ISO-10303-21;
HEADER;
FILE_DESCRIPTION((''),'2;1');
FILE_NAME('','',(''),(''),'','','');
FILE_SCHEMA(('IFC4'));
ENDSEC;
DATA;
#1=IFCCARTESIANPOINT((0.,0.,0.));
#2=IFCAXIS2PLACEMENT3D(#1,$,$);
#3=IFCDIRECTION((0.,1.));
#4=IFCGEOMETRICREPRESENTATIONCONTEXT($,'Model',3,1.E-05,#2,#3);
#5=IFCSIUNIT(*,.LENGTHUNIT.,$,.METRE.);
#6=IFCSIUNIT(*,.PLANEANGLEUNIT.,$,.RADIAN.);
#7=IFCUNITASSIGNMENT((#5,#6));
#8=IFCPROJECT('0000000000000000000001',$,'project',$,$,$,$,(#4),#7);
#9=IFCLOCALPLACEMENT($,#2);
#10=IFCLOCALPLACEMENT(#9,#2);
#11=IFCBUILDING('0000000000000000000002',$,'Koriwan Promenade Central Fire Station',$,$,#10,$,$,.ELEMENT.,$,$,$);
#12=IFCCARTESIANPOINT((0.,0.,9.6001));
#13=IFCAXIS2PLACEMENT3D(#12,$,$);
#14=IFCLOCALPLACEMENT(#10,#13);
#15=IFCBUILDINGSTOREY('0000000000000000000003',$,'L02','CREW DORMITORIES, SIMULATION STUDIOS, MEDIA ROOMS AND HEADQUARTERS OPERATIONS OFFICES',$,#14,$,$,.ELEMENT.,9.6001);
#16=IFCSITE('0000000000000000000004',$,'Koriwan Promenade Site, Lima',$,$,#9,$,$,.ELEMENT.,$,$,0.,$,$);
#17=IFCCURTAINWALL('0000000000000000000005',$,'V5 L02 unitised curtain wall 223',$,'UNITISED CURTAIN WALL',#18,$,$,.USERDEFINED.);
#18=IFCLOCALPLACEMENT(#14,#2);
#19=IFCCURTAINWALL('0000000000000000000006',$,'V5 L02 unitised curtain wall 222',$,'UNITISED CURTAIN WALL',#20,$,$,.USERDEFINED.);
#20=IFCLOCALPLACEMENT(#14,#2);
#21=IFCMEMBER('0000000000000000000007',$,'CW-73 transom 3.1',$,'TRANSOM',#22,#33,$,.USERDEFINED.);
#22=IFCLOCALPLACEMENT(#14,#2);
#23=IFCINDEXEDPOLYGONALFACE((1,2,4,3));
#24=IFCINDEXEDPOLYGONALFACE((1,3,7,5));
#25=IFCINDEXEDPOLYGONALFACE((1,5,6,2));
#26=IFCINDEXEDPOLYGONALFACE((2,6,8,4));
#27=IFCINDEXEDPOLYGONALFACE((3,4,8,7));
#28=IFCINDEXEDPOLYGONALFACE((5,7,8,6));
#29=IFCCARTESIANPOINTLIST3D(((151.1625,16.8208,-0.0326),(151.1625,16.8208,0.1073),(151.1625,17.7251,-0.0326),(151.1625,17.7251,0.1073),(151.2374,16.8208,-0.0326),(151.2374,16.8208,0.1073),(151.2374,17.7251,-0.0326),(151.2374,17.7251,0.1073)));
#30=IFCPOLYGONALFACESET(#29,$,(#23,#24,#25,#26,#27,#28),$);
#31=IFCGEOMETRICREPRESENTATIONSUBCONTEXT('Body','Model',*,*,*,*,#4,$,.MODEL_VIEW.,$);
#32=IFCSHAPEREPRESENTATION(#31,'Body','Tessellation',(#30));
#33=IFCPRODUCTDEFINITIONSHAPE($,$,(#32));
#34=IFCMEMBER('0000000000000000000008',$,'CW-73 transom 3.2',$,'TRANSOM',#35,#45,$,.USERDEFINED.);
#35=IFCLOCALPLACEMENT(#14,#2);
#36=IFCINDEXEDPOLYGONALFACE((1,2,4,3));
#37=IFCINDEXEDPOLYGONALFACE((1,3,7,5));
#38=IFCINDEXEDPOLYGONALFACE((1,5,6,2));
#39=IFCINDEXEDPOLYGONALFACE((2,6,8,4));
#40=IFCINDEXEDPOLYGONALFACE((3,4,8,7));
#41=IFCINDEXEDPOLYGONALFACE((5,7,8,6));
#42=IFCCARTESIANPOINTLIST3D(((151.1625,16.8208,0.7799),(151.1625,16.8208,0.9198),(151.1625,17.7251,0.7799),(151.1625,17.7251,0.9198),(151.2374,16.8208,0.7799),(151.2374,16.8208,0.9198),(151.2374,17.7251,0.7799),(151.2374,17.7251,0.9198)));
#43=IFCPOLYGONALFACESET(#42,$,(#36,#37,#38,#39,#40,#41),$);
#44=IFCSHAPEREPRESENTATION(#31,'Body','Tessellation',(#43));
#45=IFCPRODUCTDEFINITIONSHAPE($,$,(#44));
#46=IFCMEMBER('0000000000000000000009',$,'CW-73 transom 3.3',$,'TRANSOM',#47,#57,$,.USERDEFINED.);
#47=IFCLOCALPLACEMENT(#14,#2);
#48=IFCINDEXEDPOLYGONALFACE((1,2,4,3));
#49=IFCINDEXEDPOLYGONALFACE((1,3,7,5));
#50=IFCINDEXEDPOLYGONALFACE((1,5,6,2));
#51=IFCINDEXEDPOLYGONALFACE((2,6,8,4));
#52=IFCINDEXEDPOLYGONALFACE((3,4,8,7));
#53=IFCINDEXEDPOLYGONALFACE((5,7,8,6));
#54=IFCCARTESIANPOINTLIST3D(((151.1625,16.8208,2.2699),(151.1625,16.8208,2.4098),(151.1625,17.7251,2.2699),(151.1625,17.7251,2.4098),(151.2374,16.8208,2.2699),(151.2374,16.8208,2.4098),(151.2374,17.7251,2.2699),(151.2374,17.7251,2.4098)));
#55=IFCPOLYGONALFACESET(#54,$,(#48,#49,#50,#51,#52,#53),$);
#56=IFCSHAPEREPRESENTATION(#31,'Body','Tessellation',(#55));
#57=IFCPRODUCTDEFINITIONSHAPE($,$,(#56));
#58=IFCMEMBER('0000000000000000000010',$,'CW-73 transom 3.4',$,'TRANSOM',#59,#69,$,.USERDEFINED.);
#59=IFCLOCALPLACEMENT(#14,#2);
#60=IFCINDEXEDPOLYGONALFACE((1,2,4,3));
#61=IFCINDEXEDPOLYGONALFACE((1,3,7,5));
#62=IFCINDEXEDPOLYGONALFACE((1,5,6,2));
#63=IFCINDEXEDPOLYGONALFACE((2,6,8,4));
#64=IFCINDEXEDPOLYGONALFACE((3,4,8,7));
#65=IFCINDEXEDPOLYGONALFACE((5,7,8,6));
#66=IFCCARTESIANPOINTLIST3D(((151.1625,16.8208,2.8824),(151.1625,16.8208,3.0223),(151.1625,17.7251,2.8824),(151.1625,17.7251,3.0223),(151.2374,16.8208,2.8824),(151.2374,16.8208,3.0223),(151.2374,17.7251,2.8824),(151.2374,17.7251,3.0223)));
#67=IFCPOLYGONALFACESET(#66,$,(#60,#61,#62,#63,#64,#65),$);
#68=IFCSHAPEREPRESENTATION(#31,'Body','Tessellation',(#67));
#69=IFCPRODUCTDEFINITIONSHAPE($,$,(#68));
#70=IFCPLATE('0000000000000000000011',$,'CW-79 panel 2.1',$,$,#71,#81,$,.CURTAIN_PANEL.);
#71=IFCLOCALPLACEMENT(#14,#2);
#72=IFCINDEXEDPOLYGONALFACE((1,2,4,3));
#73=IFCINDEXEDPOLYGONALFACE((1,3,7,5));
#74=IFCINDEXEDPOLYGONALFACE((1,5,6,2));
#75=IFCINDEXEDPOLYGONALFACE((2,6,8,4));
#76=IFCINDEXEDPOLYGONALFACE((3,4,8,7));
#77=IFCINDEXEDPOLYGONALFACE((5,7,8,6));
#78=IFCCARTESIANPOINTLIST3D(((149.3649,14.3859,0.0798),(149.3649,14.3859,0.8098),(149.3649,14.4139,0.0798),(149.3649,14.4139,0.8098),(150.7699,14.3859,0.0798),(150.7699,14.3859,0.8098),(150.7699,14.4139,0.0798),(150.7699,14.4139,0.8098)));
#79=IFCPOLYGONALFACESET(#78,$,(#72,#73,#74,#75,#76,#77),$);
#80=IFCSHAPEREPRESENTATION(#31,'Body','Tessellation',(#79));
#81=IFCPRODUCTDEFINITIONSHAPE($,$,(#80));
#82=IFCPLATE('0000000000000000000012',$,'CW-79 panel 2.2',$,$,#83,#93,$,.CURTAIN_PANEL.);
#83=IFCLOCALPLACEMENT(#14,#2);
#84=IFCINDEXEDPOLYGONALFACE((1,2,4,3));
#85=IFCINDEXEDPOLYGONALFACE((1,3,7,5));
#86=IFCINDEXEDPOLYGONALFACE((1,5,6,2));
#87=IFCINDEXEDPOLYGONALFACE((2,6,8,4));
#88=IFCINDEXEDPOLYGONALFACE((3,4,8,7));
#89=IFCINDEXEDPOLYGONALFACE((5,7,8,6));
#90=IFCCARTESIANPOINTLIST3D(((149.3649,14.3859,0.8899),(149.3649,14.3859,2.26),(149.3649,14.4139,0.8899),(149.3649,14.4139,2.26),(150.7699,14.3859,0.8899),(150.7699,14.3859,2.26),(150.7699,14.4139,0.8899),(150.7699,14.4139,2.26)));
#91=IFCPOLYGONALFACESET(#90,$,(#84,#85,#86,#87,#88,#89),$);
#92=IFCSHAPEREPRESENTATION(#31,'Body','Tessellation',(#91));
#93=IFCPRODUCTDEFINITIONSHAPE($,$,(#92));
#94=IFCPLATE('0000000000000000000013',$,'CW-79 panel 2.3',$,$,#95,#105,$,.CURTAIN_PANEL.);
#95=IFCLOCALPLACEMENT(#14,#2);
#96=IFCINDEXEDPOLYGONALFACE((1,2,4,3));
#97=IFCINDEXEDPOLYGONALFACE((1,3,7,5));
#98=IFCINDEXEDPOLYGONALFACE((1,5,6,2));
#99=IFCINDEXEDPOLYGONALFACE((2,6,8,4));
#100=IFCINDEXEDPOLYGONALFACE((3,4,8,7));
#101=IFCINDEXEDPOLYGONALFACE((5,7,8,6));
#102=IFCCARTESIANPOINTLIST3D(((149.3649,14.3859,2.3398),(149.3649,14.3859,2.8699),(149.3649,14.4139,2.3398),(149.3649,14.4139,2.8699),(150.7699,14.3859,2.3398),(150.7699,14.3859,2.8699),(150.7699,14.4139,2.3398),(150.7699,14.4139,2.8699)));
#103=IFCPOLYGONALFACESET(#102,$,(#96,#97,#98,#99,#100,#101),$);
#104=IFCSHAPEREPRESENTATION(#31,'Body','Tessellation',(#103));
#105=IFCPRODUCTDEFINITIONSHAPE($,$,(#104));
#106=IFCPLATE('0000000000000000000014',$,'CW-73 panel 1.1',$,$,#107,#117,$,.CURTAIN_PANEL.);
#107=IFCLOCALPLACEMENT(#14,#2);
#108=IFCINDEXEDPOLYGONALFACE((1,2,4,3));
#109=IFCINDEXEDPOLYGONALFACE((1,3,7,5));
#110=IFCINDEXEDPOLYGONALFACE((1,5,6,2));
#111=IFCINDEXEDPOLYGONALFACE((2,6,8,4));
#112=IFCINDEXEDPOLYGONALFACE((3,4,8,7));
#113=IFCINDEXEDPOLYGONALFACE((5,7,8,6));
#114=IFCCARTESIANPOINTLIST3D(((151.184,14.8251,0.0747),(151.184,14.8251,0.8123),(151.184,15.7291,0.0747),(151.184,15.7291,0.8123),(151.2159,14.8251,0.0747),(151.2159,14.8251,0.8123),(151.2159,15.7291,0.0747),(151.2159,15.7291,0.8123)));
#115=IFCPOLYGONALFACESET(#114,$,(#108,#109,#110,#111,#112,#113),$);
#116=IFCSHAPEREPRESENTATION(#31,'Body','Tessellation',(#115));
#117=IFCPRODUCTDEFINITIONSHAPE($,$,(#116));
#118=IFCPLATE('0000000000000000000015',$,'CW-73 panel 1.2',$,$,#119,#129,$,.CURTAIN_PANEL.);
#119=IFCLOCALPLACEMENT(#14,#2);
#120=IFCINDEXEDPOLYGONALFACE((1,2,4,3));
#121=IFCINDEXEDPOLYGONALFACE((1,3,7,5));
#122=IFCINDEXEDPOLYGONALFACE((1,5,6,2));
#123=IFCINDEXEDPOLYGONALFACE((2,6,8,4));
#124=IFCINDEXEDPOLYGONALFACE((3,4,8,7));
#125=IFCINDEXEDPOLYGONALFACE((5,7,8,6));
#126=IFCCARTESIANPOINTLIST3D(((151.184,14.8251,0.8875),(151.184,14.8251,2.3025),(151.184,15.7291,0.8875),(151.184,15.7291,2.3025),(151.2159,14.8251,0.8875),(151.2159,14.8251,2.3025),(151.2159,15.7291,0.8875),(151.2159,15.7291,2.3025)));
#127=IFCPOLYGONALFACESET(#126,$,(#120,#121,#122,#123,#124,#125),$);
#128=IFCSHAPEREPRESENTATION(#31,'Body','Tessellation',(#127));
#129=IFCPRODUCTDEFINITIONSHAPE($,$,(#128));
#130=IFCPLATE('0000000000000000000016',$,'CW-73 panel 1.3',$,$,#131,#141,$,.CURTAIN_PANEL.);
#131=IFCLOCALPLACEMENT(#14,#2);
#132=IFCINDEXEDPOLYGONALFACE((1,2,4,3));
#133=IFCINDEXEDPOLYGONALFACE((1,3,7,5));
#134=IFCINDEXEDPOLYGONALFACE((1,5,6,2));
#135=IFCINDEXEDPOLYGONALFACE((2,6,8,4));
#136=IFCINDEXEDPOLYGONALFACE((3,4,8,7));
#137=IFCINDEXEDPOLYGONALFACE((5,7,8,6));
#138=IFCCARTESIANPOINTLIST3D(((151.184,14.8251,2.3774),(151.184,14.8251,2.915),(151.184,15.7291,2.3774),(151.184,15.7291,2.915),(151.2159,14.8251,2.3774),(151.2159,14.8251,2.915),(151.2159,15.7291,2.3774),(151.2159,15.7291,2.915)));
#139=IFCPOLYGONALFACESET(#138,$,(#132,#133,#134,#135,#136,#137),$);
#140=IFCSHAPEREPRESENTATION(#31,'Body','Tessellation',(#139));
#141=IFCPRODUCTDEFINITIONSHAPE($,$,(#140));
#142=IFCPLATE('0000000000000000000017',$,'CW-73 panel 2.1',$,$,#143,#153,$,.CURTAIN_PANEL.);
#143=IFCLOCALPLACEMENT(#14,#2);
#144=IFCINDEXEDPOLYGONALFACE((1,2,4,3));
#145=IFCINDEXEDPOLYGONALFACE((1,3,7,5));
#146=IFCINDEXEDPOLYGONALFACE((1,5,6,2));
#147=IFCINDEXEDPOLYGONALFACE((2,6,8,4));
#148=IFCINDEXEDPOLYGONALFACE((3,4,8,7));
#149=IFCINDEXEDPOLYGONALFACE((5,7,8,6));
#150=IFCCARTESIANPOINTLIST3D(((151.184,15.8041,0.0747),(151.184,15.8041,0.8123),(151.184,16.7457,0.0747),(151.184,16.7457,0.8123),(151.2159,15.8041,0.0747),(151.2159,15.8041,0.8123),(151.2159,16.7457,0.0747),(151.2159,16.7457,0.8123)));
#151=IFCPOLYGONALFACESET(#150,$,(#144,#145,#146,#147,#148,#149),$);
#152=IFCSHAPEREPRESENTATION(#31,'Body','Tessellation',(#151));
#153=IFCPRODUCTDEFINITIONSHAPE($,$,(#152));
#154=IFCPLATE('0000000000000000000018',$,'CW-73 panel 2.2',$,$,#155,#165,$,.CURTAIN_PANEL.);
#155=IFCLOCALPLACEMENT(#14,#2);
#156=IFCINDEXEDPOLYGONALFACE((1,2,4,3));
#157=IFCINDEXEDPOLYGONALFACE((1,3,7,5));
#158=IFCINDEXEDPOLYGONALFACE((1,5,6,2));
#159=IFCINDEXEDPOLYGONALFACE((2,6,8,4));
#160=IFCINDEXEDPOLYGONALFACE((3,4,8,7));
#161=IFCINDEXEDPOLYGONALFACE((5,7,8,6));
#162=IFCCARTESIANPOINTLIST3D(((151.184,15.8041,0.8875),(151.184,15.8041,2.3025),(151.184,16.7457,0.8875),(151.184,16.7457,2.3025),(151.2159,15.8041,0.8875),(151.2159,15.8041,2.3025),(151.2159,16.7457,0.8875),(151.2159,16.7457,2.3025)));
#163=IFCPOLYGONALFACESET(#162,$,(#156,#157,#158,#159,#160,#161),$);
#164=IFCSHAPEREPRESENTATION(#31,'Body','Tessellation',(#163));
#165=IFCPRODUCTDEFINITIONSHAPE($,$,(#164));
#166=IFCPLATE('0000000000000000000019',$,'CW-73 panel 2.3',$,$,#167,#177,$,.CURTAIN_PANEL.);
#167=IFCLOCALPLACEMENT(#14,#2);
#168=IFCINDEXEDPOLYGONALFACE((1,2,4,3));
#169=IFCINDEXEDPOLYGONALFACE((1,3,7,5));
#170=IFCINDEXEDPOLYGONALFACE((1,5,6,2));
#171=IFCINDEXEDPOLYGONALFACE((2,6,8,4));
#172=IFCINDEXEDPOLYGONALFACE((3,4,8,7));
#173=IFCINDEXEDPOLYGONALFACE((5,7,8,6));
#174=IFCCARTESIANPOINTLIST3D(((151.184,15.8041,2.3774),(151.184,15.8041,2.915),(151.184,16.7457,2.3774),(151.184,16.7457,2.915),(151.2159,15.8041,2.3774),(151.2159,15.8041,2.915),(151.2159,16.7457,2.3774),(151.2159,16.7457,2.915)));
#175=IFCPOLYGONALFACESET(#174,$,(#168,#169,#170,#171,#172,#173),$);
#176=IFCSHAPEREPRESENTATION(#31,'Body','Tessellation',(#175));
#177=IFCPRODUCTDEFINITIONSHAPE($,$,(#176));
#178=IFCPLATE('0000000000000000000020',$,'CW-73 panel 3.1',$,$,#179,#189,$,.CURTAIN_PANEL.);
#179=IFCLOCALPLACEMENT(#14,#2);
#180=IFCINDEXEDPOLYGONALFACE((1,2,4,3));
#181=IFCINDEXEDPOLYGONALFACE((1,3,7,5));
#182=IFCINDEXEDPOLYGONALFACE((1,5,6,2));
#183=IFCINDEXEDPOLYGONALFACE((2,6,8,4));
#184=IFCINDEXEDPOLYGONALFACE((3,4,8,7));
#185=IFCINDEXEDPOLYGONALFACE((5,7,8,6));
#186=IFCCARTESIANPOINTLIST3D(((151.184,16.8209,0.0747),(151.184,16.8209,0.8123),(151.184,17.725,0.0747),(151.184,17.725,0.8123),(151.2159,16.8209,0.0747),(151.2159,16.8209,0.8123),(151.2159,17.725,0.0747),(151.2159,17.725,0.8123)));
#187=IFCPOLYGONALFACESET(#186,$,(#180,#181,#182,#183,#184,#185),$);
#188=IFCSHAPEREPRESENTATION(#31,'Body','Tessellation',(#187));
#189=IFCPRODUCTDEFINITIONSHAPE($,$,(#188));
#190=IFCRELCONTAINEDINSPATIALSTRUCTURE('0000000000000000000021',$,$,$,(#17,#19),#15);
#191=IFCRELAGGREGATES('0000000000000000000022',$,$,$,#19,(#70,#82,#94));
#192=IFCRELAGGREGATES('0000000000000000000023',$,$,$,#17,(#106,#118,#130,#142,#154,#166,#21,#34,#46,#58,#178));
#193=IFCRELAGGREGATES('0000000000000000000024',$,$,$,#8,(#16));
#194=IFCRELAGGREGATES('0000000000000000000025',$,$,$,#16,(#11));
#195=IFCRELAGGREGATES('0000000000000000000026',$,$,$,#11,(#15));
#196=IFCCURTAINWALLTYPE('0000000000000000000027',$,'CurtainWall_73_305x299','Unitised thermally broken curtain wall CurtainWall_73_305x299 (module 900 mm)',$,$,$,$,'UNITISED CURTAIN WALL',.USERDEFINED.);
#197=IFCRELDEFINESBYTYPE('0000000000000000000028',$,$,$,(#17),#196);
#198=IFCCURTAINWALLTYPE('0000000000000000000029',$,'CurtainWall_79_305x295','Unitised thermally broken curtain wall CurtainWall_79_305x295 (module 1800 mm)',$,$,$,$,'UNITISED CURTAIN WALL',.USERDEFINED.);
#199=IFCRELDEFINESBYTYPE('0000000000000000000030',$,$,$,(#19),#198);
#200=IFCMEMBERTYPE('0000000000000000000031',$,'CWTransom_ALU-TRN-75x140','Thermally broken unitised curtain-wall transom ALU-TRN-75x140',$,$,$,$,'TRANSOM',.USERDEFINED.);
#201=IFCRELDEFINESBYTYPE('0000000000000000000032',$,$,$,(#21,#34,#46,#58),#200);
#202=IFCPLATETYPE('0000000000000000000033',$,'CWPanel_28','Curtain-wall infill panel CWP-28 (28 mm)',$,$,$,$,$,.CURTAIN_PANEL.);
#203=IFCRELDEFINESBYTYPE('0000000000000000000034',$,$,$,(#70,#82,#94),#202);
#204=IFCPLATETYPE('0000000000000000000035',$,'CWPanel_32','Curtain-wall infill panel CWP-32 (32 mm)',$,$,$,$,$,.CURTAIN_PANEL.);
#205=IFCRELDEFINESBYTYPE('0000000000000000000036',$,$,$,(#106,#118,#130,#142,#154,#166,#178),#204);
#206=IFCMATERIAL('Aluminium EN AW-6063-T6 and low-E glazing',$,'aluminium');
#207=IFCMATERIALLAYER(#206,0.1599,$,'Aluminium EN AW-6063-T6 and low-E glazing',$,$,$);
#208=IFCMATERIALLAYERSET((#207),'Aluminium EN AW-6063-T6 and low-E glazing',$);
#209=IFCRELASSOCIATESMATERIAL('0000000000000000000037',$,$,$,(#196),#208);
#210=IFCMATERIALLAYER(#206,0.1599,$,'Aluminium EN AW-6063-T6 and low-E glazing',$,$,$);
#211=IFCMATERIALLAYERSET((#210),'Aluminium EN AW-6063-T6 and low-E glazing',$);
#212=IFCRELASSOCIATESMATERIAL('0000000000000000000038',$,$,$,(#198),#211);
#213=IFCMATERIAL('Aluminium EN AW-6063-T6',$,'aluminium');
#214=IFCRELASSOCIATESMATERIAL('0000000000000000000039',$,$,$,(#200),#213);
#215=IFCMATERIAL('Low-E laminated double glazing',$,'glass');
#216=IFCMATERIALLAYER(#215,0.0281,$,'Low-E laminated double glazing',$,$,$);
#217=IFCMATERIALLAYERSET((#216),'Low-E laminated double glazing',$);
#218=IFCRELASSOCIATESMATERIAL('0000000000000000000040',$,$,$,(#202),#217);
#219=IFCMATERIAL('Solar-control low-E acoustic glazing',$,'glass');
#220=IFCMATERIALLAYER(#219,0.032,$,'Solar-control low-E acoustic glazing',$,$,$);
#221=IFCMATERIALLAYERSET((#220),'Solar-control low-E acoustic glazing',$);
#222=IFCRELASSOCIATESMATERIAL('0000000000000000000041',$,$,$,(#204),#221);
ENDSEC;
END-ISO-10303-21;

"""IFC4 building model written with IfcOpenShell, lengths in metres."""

from ifc_helpers import new_model, si_unit, direction, frame, origin, origin_2d, place, context, subcontext, project, spatial, rectangle, extrude, material, layer, layer_set, material_profile, profile_set, type_object, element, aggregate, save


model = new_model("IFC4")

# Units and contexts
model_context = context("Model", 3, precision=1e-05, world=origin(), true_north=direction((0.0, 1.0)))
body_context = subcontext(model_context, "Body", "Model", "MODEL_VIEW")
ifc_project = project(units=[si_unit("LENGTHUNIT", "METRE"), si_unit("PLANEANGLEUNIT", "RADIAN")], contexts=[model_context])

# Site, building, storey
site_placement = place(None, origin())
site = spatial("IfcSite", under=ifc_project, at=site_placement, Name="Koriwan Promenade Site, Lima", CompositionType="ELEMENT", RefElevation=0.0)
building_placement = place(site_placement, origin())
building = spatial("IfcBuilding", under=site, at=building_placement, Name="Koriwan Promenade Central Fire Station", CompositionType="ELEMENT")
storey_placement = place(building_placement, frame((0.0, 0.0, 9.6001)))
storey = spatial("IfcBuildingStorey", under=building, at=storey_placement, Name="L02", Description="CREW DORMITORIES, SIMULATION STUDIOS, MEDIA ROOMS AND HEADQUARTERS OPERATIONS OFFICES", CompositionType="ELEMENT", Elevation=9.6001)

# Curtain wall
ifc_material_1 = material(Name="Aluminium EN AW-6063-T6 and low-E glazing", Category="aluminium")
ifc_layer_1 = layer(ifc_material_1, 0.1599, Name="Aluminium EN AW-6063-T6 and low-E glazing")
ifc_layer_set_1 = layer_set([ifc_layer_1], Name="Aluminium EN AW-6063-T6 and low-E glazing")
curtain_wall_type_1 = type_object("IfcCurtainWallType", Name="CurtainWall_73_305x299", Description="Unitised thermally broken curtain wall CurtainWall_73_305x299 (module 900 mm)", ElementType="UNITISED CURTAIN WALL", PredefinedType="USERDEFINED", material=ifc_layer_set_1)
curtain_wall_1_placement = place(storey_placement, origin())
curtain_wall_1 = element("IfcCurtainWall", 1, at=curtain_wall_1_placement, inside=storey, type_object=curtain_wall_type_1, Name="V5 L02 unitised curtain wall 223", ObjectType="UNITISED CURTAIN WALL", PredefinedType="USERDEFINED")
ifc_material_2 = material(Name="Aluminium EN AW-6063-T6", Category="aluminium")

# Curtain wall
ifc_layer_2 = layer(ifc_material_1, 0.1599, Name="Aluminium EN AW-6063-T6 and low-E glazing")
ifc_layer_set_2 = layer_set([ifc_layer_2], Name="Aluminium EN AW-6063-T6 and low-E glazing")
curtain_wall_type_2 = type_object("IfcCurtainWallType", Name="CurtainWall_79_305x295", Description="Unitised thermally broken curtain wall CurtainWall_79_305x295 (module 1800 mm)", ElementType="UNITISED CURTAIN WALL", PredefinedType="USERDEFINED", material=ifc_layer_set_2)
curtain_wall_2_placement = place(storey_placement, origin())
curtain_wall_2 = element("IfcCurtainWall", 2, at=curtain_wall_2_placement, inside=storey, type_object=curtain_wall_type_2, Name="V5 L02 unitised curtain wall 222", ObjectType="UNITISED CURTAIN WALL", PredefinedType="USERDEFINED")

# Members
ifc_material_profile_1 = material_profile(ifc_material_2, rectangle(XDim=0.075, YDim=0.1399, at=origin_2d()), Name="ALU-TRN-75x140")
ifc_profile_set_1 = profile_set([ifc_material_profile_1], Name="Aluminium EN AW-6063-T6")
member_type_1 = type_object("IfcMemberType", Name="CWTransom_ALU-TRN-75x140", Description="Thermally broken unitised curtain-wall transom ALU-TRN-75x140", ElementType="TRANSOM", PredefinedType="USERDEFINED", material=ifc_profile_set_1)
member_1_placement = place(storey_placement, frame((151.2, 16.8208, 0.0374), z_axis=(0.0, 1.0, 0.0), x_axis=(-1.0, 0.0, 0.0)))
member_1 = element("IfcMember", 3, at=member_1_placement, type_object=member_type_1, Name="CW-73 transom 3.1", ObjectType="TRANSOM", PredefinedType="USERDEFINED", context=body_context, shape_type="SweptSolid", body=[
    extrude(rectangle(XDim=0.075, YDim=0.1399, at=origin_2d()), origin(), (0.0, 0.0, 1.0), 0.9043),
])
member_2_placement = place(storey_placement, frame((151.2, 16.8208, 0.8499), z_axis=(0.0, 1.0, 0.0), x_axis=(-1.0, 0.0, 0.0)))
member_2 = element("IfcMember", 4, at=member_2_placement, type_object=member_type_1, Name="CW-73 transom 3.2", ObjectType="TRANSOM", PredefinedType="USERDEFINED", context=body_context, shape_type="SweptSolid", body=[
    extrude(rectangle(XDim=0.075, YDim=0.1399, at=origin_2d()), origin(), (0.0, 0.0, 1.0), 0.9043),
])
member_3_placement = place(storey_placement, frame((151.2, 16.8208, 2.3398), z_axis=(0.0, 1.0, 0.0), x_axis=(-1.0, 0.0, 0.0)))
member_3 = element("IfcMember", 5, at=member_3_placement, type_object=member_type_1, Name="CW-73 transom 3.3", ObjectType="TRANSOM", PredefinedType="USERDEFINED", context=body_context, shape_type="SweptSolid", body=[
    extrude(rectangle(XDim=0.075, YDim=0.1399, at=origin_2d()), origin(), (0.0, 0.0, 1.0), 0.9043),
])
member_4_placement = place(storey_placement, frame((151.2, 16.8208, 2.9524), z_axis=(0.0, 1.0, 0.0), x_axis=(-1.0, 0.0, 0.0)))
member_4 = element("IfcMember", 6, at=member_4_placement, type_object=member_type_1, Name="CW-73 transom 3.4", ObjectType="TRANSOM", PredefinedType="USERDEFINED", context=body_context, shape_type="SweptSolid", body=[
    extrude(rectangle(XDim=0.075, YDim=0.1399, at=origin_2d()), origin(), (0.0, 0.0, 1.0), 0.9043),
])

# Plates
ifc_material_3 = material(Name="Low-E laminated double glazing", Category="glass")
ifc_layer_3 = layer(ifc_material_3, 0.0281, Name="Low-E laminated double glazing")
ifc_layer_set_3 = layer_set([ifc_layer_3], Name="Low-E laminated double glazing")
plate_type_1 = type_object("IfcPlateType", Name="CWPanel_28", Description="Curtain-wall infill panel CWP-28 (28 mm)", PredefinedType="CURTAIN_PANEL", material=ifc_layer_set_3)
plate_1_placement = place(storey_placement, frame((150.0674, 14.3999, 0.0798), z_axis=(0.0, 0.0, 1.0), x_axis=(1.0, 0.0, 0.0)))
plate_1 = element("IfcPlate", 7, at=plate_1_placement, type_object=plate_type_1, Name="CW-79 panel 2.1", PredefinedType="CURTAIN_PANEL", context=body_context, shape_type="SweptSolid", body=[
    extrude(rectangle(XDim=1.405, YDim=0.0281, at=origin_2d()), origin(), (0.0, 0.0, 1.0), 0.73),
])
plate_2_placement = place(storey_placement, frame((150.0674, 14.3999, 0.8899), z_axis=(0.0, 0.0, 1.0), x_axis=(1.0, 0.0, 0.0)))
plate_2 = element("IfcPlate", 8, at=plate_2_placement, type_object=plate_type_1, Name="CW-79 panel 2.2", PredefinedType="CURTAIN_PANEL", context=body_context, shape_type="SweptSolid", body=[
    extrude(rectangle(XDim=1.405, YDim=0.0281, at=origin_2d()), origin(), (0.0, 0.0, 1.0), 1.3701),
])
plate_3_placement = place(storey_placement, frame((150.0674, 14.3999, 2.3398), z_axis=(0.0, 0.0, 1.0), x_axis=(1.0, 0.0, 0.0)))
plate_3 = element("IfcPlate", 9, at=plate_3_placement, type_object=plate_type_1, Name="CW-79 panel 2.3", PredefinedType="CURTAIN_PANEL", context=body_context, shape_type="SweptSolid", body=[
    extrude(rectangle(XDim=1.405, YDim=0.0281, at=origin_2d()), origin(), (0.0, 0.0, 1.0), 0.53),
])
aggregate(curtain_wall_2, [plate_1, plate_2, plate_3])
ifc_material_4 = material(Name="Solar-control low-E acoustic glazing", Category="glass")
ifc_layer_4 = layer(ifc_material_4, 0.032, Name="Solar-control low-E acoustic glazing")
ifc_layer_set_4 = layer_set([ifc_layer_4], Name="Solar-control low-E acoustic glazing")
plate_type_2 = type_object("IfcPlateType", Name="CWPanel_32", Description="Curtain-wall infill panel CWP-32 (32 mm)", PredefinedType="CURTAIN_PANEL", material=ifc_layer_set_4)
plate_4_placement = place(storey_placement, frame((151.2, 15.2771, 0.0747), z_axis=(0.0, 0.0, 1.0), x_axis=(0.0, 1.0, 0.0)))
plate_4 = element("IfcPlate", 10, at=plate_4_placement, type_object=plate_type_2, Name="CW-73 panel 1.1", PredefinedType="CURTAIN_PANEL", context=body_context, shape_type="SweptSolid", body=[
    extrude(rectangle(XDim=0.9041, YDim=0.032, at=origin_2d()), origin(), (0.0, 0.0, 1.0), 0.7375),
])
plate_5_placement = place(storey_placement, frame((151.2, 15.2771, 0.8875), z_axis=(0.0, 0.0, 1.0), x_axis=(0.0, 1.0, 0.0)))
plate_5 = element("IfcPlate", 11, at=plate_5_placement, type_object=plate_type_2, Name="CW-73 panel 1.2", PredefinedType="CURTAIN_PANEL", context=body_context, shape_type="SweptSolid", body=[
    extrude(rectangle(XDim=0.9041, YDim=0.032, at=origin_2d()), origin(), (0.0, 0.0, 1.0), 1.415),
])
plate_6_placement = place(storey_placement, frame((151.2, 15.2771, 2.3774), z_axis=(0.0, 0.0, 1.0), x_axis=(0.0, 1.0, 0.0)))
plate_6 = element("IfcPlate", 12, at=plate_6_placement, type_object=plate_type_2, Name="CW-73 panel 1.3", PredefinedType="CURTAIN_PANEL", context=body_context, shape_type="SweptSolid", body=[
    extrude(rectangle(XDim=0.9041, YDim=0.032, at=origin_2d()), origin(), (0.0, 0.0, 1.0), 0.5376),
])
plate_7_placement = place(storey_placement, frame((151.2, 16.2749, 0.0747), z_axis=(0.0, 0.0, 1.0), x_axis=(0.0, 1.0, 0.0)))
plate_7 = element("IfcPlate", 13, at=plate_7_placement, type_object=plate_type_2, Name="CW-73 panel 2.1", PredefinedType="CURTAIN_PANEL", context=body_context, shape_type="SweptSolid", body=[
    extrude(rectangle(XDim=0.9417, YDim=0.032, at=origin_2d()), origin(), (0.0, 0.0, 1.0), 0.7375),
])
plate_8_placement = place(storey_placement, frame((151.2, 16.2749, 0.8875), z_axis=(0.0, 0.0, 1.0), x_axis=(0.0, 1.0, 0.0)))
plate_8 = element("IfcPlate", 14, at=plate_8_placement, type_object=plate_type_2, Name="CW-73 panel 2.2", PredefinedType="CURTAIN_PANEL", context=body_context, shape_type="SweptSolid", body=[
    extrude(rectangle(XDim=0.9417, YDim=0.032, at=origin_2d()), origin(), (0.0, 0.0, 1.0), 1.415),
])
plate_9_placement = place(storey_placement, frame((151.2, 16.2749, 2.3774), z_axis=(0.0, 0.0, 1.0), x_axis=(0.0, 1.0, 0.0)))
plate_9 = element("IfcPlate", 15, at=plate_9_placement, type_object=plate_type_2, Name="CW-73 panel 2.3", PredefinedType="CURTAIN_PANEL", context=body_context, shape_type="SweptSolid", body=[
    extrude(rectangle(XDim=0.9417, YDim=0.032, at=origin_2d()), origin(), (0.0, 0.0, 1.0), 0.5376),
])
plate_10_placement = place(storey_placement, frame((151.2, 17.2729, 0.0747), z_axis=(0.0, 0.0, 1.0), x_axis=(0.0, 1.0, 0.0)))
plate_10 = element("IfcPlate", 16, at=plate_10_placement, type_object=plate_type_2, Name="CW-73 panel 3.1", PredefinedType="CURTAIN_PANEL", context=body_context, shape_type="SweptSolid", body=[
    extrude(rectangle(XDim=0.9041, YDim=0.032, at=origin_2d()), origin(), (0.0, 0.0, 1.0), 0.7375),
])
aggregate(curtain_wall_1, [plate_4, plate_5, plate_6, plate_7, plate_8, plate_9, member_1, member_2, member_3, member_4, plate_10])

save(model, "model.ifc")
